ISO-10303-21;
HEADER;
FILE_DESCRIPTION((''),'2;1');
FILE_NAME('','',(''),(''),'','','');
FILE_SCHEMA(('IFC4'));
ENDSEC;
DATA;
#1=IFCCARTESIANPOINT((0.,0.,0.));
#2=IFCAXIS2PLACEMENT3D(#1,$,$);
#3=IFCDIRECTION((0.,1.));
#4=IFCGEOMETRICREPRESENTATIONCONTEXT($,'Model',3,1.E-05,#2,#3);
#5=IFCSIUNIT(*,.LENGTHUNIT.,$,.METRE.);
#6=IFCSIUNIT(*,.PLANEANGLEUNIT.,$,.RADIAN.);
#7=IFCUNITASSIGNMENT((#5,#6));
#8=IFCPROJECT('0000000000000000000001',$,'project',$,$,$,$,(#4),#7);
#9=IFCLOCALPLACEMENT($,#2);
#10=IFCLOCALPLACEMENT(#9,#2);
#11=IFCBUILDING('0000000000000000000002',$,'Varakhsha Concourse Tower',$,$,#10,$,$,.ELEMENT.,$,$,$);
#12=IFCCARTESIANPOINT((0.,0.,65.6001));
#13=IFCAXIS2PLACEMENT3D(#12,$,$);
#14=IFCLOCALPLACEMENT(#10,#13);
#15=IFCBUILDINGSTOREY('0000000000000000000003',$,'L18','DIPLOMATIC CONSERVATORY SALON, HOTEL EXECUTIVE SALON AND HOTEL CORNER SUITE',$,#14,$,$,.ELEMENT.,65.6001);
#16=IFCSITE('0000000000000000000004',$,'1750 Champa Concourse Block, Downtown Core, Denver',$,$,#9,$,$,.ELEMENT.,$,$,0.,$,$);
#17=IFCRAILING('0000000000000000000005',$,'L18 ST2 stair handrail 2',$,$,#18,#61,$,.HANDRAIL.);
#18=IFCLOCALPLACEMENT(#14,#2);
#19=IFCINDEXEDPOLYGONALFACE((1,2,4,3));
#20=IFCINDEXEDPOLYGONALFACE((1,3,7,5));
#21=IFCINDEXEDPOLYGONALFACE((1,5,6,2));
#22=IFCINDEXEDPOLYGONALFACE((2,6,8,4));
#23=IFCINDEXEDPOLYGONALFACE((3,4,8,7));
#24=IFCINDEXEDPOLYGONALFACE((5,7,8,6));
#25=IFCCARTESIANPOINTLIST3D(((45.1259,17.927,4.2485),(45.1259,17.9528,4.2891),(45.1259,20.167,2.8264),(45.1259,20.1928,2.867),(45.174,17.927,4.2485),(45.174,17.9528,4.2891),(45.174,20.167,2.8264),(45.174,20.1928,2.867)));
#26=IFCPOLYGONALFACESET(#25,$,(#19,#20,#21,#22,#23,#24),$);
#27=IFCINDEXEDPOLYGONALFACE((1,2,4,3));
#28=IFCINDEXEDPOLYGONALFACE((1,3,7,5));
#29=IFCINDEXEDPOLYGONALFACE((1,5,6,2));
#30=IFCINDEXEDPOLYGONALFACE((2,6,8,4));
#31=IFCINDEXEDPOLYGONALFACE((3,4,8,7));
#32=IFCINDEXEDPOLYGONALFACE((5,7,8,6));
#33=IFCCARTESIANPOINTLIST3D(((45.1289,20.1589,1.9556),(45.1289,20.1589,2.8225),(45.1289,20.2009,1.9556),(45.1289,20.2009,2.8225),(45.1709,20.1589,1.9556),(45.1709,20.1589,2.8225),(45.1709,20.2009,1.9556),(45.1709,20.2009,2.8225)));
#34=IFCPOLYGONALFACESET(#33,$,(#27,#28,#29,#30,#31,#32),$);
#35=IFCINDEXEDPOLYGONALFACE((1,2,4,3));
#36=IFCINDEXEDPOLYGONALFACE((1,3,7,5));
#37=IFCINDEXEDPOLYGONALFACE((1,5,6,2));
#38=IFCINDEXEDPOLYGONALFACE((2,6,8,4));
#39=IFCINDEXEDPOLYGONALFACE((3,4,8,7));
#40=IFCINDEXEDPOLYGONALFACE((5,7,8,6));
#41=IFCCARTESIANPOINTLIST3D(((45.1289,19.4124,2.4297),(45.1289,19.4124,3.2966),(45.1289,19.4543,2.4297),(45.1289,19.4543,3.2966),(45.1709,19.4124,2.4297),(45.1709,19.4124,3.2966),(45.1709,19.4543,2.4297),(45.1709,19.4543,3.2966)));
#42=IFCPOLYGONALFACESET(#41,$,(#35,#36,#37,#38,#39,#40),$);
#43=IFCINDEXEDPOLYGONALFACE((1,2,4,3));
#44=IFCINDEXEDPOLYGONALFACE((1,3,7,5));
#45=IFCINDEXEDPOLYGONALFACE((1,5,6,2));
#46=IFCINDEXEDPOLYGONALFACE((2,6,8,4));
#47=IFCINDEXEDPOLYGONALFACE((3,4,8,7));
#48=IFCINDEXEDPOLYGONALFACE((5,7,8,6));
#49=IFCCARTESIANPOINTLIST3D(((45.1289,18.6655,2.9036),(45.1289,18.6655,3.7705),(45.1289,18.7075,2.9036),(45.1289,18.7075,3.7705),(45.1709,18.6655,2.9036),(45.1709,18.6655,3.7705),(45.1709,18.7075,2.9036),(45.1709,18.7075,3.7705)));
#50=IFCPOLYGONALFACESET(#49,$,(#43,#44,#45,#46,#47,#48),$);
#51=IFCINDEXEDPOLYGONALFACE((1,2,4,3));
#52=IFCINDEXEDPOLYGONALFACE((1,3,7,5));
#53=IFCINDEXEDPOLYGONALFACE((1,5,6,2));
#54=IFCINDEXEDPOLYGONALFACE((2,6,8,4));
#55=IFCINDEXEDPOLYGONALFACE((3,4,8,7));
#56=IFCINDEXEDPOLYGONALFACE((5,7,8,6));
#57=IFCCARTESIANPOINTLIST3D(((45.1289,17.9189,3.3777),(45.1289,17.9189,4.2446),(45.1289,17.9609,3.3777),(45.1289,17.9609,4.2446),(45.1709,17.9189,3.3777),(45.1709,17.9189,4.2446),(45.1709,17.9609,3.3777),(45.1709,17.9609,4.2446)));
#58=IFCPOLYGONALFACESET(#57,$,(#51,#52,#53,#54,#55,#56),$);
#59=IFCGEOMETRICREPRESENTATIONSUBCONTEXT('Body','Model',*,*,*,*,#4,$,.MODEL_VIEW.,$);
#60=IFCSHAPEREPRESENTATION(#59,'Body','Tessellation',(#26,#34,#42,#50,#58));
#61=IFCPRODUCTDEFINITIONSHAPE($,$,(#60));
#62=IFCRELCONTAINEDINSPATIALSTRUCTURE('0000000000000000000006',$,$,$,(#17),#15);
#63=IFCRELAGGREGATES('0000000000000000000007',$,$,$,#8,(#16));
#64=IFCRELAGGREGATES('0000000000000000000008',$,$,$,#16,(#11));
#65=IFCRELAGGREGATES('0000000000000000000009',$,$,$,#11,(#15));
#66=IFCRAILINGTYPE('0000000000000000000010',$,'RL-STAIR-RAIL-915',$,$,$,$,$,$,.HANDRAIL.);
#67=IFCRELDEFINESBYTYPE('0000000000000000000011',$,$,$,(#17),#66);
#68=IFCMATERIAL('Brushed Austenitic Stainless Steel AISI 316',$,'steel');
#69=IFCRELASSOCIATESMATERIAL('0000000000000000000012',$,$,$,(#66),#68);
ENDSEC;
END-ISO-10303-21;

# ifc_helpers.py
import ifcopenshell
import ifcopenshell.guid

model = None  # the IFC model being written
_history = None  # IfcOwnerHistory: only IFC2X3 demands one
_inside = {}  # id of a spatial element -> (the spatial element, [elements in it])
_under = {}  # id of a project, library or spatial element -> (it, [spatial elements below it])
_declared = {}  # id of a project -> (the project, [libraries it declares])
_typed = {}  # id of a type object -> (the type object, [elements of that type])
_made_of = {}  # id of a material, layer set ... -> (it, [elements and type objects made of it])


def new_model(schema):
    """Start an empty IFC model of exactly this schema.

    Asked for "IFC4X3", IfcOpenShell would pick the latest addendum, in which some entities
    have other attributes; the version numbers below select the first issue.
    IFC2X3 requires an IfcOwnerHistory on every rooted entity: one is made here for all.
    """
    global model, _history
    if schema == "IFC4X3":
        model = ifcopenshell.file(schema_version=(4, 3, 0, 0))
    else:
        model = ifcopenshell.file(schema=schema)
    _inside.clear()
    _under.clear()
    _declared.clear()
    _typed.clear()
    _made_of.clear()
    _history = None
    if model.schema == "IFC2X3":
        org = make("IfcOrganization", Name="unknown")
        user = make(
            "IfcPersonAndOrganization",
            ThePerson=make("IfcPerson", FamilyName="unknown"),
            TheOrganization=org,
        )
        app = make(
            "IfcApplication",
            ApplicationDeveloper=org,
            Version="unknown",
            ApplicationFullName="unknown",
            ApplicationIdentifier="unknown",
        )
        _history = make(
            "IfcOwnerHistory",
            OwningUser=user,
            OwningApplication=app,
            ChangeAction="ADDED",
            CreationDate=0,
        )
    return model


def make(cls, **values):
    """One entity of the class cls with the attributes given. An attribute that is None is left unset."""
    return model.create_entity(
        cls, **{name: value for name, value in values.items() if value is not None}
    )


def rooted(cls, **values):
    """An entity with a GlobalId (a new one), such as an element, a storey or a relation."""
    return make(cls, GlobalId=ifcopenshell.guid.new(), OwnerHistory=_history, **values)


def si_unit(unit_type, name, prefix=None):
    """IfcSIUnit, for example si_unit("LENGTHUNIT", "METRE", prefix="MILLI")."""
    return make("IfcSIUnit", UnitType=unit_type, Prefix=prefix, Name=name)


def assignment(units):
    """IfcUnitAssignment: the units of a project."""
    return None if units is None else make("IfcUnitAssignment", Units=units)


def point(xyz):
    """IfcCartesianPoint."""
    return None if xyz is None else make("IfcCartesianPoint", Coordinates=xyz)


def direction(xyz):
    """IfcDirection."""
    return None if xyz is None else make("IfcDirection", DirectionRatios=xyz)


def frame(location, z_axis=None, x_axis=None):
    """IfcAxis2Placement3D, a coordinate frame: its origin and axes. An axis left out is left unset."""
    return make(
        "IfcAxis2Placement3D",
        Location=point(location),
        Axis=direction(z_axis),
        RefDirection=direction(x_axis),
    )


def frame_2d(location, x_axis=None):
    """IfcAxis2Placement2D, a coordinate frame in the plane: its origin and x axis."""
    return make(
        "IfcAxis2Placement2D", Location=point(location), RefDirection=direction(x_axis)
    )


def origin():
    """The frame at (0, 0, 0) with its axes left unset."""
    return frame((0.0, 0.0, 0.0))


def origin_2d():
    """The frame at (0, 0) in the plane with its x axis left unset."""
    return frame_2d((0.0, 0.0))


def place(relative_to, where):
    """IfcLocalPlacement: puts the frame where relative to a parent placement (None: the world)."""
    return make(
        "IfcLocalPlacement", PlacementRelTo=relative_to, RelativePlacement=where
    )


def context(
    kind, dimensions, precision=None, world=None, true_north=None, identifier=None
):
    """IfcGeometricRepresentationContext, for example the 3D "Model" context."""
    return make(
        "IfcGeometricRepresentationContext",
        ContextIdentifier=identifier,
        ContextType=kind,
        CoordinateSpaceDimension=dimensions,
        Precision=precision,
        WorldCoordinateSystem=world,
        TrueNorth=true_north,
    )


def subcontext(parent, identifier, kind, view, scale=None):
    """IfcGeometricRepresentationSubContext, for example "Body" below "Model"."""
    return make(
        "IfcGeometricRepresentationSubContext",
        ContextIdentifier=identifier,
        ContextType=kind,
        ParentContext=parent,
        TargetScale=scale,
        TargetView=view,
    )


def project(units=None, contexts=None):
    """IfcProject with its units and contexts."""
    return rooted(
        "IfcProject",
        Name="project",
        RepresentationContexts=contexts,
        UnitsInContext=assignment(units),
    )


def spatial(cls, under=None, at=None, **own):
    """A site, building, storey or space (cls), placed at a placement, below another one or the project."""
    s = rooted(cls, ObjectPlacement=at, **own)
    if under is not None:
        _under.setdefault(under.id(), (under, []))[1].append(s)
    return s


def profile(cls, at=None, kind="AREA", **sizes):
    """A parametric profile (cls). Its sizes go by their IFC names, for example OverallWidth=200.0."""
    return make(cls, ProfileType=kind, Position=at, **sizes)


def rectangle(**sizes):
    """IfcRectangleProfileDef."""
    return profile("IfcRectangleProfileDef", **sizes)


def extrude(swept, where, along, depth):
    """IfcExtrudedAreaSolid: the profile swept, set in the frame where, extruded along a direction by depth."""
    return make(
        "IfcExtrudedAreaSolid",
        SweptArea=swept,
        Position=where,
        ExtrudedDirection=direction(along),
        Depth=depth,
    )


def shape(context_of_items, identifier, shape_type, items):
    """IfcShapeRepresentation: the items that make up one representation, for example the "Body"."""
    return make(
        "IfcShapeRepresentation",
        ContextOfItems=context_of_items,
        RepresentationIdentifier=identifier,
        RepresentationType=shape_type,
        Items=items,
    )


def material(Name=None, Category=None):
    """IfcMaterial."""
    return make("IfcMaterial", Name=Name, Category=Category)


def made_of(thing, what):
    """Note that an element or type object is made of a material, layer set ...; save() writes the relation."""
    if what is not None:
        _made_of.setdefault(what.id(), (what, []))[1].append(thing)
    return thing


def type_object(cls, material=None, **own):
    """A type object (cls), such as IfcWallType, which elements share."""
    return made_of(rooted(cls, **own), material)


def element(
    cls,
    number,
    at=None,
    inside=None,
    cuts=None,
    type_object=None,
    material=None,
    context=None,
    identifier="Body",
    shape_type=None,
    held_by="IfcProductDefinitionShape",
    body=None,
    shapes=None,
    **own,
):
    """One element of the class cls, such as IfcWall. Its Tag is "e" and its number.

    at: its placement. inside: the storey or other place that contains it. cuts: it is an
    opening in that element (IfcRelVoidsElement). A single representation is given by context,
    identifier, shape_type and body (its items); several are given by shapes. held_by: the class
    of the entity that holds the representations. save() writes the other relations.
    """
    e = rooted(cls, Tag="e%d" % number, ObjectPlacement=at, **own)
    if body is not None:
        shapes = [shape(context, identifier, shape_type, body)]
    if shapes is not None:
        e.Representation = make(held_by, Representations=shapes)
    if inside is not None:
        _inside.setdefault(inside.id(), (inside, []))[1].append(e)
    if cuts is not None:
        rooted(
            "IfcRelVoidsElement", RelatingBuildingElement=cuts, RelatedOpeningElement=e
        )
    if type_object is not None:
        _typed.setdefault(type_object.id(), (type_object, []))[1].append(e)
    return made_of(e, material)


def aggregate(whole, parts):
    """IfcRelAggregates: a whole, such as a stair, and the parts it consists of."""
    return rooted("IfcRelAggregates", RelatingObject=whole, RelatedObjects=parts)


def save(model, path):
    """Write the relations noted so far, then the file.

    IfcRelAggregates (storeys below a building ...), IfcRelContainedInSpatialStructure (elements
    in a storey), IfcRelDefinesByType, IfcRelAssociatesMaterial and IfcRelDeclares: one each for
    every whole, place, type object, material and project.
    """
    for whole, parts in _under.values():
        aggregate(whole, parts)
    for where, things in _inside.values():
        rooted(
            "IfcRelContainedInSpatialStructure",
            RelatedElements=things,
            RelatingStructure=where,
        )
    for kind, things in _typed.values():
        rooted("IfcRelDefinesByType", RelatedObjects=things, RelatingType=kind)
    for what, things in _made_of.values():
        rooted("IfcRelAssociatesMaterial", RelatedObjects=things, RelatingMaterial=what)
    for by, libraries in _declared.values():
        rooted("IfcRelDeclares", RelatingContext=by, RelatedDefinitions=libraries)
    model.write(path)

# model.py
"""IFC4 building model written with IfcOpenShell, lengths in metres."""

from ifc_helpers import new_model, si_unit, direction, frame, origin, origin_2d, place, context, subcontext, project, spatial, rectangle, extrude, material, type_object, element, save


model = new_model("IFC4")

# Units and contexts
model_context = context("Model", 3, precision=1e-05, world=origin(), true_north=direction((0.0, 1.0)))
body_context = subcontext(model_context, "Body", "Model", "MODEL_VIEW")
ifc_project = project(units=[si_unit("LENGTHUNIT", "METRE"), si_unit("PLANEANGLEUNIT", "RADIAN")], contexts=[model_context])

# Site, building, storey
site_placement = place(None, origin())
site = spatial("IfcSite", under=ifc_project, at=site_placement, Name="1750 Champa Concourse Block, Downtown Core, Denver", CompositionType="ELEMENT", RefElevation=0.0)
building_placement = place(site_placement, origin())
building = spatial("IfcBuilding", under=site, at=building_placement, Name="Varakhsha Concourse Tower", CompositionType="ELEMENT")
storey_placement = place(building_placement, frame((0.0, 0.0, 65.6001)))
storey = spatial("IfcBuildingStorey", under=building, at=storey_placement, Name="L18", Description="DIPLOMATIC CONSERVATORY SALON, HOTEL EXECUTIVE SALON AND HOTEL CORNER SUITE", CompositionType="ELEMENT", Elevation=65.6001)

# Railing
ifc_material_1 = material(Name="Brushed Austenitic Stainless Steel AISI 316", Category="steel")
railing_type_1 = type_object("IfcRailingType", Name="RL-STAIR-RAIL-915", PredefinedType="HANDRAIL", material=ifc_material_1)
railing_1_placement = place(storey_placement, frame((45.1499, 20.1799, 1.9556)))
element("IfcRailing", 1, at=railing_1_placement, inside=storey, type_object=railing_type_1, Name="L18 ST2 stair handrail 2", PredefinedType="HANDRAIL", context=body_context, shape_type="SweptSolid", body=[
    extrude(rectangle(XDim=0.0481, YDim=0.0481, at=origin_2d()), frame((0.0, 0.0, 0.8911), z_axis=(0.0, -0.844229, 0.535982), x_axis=(1.0, 0.0, 0.0)), (0.0, 0.0, 1.0), 2.6533),
    extrude(rectangle(XDim=0.042, YDim=0.042, at=origin_2d()), origin(), (0.0, 0.0, 1.0), 0.8669),
    extrude(rectangle(XDim=0.042, YDim=0.042, at=origin_2d()), frame((0.0, -0.7466, 0.4741)), (0.0, 0.0, 1.0), 0.8669),
    extrude(rectangle(XDim=0.042, YDim=0.042, at=origin_2d()), frame((0.0, -1.4934, 0.948)), (0.0, 0.0, 1.0), 0.8669),
    extrude(rectangle(XDim=0.042, YDim=0.042, at=origin_2d()), frame((0.0, -2.24, 1.4221)), (0.0, 0.0, 1.0), 0.8669),
])

save(model, "model.ifc")
